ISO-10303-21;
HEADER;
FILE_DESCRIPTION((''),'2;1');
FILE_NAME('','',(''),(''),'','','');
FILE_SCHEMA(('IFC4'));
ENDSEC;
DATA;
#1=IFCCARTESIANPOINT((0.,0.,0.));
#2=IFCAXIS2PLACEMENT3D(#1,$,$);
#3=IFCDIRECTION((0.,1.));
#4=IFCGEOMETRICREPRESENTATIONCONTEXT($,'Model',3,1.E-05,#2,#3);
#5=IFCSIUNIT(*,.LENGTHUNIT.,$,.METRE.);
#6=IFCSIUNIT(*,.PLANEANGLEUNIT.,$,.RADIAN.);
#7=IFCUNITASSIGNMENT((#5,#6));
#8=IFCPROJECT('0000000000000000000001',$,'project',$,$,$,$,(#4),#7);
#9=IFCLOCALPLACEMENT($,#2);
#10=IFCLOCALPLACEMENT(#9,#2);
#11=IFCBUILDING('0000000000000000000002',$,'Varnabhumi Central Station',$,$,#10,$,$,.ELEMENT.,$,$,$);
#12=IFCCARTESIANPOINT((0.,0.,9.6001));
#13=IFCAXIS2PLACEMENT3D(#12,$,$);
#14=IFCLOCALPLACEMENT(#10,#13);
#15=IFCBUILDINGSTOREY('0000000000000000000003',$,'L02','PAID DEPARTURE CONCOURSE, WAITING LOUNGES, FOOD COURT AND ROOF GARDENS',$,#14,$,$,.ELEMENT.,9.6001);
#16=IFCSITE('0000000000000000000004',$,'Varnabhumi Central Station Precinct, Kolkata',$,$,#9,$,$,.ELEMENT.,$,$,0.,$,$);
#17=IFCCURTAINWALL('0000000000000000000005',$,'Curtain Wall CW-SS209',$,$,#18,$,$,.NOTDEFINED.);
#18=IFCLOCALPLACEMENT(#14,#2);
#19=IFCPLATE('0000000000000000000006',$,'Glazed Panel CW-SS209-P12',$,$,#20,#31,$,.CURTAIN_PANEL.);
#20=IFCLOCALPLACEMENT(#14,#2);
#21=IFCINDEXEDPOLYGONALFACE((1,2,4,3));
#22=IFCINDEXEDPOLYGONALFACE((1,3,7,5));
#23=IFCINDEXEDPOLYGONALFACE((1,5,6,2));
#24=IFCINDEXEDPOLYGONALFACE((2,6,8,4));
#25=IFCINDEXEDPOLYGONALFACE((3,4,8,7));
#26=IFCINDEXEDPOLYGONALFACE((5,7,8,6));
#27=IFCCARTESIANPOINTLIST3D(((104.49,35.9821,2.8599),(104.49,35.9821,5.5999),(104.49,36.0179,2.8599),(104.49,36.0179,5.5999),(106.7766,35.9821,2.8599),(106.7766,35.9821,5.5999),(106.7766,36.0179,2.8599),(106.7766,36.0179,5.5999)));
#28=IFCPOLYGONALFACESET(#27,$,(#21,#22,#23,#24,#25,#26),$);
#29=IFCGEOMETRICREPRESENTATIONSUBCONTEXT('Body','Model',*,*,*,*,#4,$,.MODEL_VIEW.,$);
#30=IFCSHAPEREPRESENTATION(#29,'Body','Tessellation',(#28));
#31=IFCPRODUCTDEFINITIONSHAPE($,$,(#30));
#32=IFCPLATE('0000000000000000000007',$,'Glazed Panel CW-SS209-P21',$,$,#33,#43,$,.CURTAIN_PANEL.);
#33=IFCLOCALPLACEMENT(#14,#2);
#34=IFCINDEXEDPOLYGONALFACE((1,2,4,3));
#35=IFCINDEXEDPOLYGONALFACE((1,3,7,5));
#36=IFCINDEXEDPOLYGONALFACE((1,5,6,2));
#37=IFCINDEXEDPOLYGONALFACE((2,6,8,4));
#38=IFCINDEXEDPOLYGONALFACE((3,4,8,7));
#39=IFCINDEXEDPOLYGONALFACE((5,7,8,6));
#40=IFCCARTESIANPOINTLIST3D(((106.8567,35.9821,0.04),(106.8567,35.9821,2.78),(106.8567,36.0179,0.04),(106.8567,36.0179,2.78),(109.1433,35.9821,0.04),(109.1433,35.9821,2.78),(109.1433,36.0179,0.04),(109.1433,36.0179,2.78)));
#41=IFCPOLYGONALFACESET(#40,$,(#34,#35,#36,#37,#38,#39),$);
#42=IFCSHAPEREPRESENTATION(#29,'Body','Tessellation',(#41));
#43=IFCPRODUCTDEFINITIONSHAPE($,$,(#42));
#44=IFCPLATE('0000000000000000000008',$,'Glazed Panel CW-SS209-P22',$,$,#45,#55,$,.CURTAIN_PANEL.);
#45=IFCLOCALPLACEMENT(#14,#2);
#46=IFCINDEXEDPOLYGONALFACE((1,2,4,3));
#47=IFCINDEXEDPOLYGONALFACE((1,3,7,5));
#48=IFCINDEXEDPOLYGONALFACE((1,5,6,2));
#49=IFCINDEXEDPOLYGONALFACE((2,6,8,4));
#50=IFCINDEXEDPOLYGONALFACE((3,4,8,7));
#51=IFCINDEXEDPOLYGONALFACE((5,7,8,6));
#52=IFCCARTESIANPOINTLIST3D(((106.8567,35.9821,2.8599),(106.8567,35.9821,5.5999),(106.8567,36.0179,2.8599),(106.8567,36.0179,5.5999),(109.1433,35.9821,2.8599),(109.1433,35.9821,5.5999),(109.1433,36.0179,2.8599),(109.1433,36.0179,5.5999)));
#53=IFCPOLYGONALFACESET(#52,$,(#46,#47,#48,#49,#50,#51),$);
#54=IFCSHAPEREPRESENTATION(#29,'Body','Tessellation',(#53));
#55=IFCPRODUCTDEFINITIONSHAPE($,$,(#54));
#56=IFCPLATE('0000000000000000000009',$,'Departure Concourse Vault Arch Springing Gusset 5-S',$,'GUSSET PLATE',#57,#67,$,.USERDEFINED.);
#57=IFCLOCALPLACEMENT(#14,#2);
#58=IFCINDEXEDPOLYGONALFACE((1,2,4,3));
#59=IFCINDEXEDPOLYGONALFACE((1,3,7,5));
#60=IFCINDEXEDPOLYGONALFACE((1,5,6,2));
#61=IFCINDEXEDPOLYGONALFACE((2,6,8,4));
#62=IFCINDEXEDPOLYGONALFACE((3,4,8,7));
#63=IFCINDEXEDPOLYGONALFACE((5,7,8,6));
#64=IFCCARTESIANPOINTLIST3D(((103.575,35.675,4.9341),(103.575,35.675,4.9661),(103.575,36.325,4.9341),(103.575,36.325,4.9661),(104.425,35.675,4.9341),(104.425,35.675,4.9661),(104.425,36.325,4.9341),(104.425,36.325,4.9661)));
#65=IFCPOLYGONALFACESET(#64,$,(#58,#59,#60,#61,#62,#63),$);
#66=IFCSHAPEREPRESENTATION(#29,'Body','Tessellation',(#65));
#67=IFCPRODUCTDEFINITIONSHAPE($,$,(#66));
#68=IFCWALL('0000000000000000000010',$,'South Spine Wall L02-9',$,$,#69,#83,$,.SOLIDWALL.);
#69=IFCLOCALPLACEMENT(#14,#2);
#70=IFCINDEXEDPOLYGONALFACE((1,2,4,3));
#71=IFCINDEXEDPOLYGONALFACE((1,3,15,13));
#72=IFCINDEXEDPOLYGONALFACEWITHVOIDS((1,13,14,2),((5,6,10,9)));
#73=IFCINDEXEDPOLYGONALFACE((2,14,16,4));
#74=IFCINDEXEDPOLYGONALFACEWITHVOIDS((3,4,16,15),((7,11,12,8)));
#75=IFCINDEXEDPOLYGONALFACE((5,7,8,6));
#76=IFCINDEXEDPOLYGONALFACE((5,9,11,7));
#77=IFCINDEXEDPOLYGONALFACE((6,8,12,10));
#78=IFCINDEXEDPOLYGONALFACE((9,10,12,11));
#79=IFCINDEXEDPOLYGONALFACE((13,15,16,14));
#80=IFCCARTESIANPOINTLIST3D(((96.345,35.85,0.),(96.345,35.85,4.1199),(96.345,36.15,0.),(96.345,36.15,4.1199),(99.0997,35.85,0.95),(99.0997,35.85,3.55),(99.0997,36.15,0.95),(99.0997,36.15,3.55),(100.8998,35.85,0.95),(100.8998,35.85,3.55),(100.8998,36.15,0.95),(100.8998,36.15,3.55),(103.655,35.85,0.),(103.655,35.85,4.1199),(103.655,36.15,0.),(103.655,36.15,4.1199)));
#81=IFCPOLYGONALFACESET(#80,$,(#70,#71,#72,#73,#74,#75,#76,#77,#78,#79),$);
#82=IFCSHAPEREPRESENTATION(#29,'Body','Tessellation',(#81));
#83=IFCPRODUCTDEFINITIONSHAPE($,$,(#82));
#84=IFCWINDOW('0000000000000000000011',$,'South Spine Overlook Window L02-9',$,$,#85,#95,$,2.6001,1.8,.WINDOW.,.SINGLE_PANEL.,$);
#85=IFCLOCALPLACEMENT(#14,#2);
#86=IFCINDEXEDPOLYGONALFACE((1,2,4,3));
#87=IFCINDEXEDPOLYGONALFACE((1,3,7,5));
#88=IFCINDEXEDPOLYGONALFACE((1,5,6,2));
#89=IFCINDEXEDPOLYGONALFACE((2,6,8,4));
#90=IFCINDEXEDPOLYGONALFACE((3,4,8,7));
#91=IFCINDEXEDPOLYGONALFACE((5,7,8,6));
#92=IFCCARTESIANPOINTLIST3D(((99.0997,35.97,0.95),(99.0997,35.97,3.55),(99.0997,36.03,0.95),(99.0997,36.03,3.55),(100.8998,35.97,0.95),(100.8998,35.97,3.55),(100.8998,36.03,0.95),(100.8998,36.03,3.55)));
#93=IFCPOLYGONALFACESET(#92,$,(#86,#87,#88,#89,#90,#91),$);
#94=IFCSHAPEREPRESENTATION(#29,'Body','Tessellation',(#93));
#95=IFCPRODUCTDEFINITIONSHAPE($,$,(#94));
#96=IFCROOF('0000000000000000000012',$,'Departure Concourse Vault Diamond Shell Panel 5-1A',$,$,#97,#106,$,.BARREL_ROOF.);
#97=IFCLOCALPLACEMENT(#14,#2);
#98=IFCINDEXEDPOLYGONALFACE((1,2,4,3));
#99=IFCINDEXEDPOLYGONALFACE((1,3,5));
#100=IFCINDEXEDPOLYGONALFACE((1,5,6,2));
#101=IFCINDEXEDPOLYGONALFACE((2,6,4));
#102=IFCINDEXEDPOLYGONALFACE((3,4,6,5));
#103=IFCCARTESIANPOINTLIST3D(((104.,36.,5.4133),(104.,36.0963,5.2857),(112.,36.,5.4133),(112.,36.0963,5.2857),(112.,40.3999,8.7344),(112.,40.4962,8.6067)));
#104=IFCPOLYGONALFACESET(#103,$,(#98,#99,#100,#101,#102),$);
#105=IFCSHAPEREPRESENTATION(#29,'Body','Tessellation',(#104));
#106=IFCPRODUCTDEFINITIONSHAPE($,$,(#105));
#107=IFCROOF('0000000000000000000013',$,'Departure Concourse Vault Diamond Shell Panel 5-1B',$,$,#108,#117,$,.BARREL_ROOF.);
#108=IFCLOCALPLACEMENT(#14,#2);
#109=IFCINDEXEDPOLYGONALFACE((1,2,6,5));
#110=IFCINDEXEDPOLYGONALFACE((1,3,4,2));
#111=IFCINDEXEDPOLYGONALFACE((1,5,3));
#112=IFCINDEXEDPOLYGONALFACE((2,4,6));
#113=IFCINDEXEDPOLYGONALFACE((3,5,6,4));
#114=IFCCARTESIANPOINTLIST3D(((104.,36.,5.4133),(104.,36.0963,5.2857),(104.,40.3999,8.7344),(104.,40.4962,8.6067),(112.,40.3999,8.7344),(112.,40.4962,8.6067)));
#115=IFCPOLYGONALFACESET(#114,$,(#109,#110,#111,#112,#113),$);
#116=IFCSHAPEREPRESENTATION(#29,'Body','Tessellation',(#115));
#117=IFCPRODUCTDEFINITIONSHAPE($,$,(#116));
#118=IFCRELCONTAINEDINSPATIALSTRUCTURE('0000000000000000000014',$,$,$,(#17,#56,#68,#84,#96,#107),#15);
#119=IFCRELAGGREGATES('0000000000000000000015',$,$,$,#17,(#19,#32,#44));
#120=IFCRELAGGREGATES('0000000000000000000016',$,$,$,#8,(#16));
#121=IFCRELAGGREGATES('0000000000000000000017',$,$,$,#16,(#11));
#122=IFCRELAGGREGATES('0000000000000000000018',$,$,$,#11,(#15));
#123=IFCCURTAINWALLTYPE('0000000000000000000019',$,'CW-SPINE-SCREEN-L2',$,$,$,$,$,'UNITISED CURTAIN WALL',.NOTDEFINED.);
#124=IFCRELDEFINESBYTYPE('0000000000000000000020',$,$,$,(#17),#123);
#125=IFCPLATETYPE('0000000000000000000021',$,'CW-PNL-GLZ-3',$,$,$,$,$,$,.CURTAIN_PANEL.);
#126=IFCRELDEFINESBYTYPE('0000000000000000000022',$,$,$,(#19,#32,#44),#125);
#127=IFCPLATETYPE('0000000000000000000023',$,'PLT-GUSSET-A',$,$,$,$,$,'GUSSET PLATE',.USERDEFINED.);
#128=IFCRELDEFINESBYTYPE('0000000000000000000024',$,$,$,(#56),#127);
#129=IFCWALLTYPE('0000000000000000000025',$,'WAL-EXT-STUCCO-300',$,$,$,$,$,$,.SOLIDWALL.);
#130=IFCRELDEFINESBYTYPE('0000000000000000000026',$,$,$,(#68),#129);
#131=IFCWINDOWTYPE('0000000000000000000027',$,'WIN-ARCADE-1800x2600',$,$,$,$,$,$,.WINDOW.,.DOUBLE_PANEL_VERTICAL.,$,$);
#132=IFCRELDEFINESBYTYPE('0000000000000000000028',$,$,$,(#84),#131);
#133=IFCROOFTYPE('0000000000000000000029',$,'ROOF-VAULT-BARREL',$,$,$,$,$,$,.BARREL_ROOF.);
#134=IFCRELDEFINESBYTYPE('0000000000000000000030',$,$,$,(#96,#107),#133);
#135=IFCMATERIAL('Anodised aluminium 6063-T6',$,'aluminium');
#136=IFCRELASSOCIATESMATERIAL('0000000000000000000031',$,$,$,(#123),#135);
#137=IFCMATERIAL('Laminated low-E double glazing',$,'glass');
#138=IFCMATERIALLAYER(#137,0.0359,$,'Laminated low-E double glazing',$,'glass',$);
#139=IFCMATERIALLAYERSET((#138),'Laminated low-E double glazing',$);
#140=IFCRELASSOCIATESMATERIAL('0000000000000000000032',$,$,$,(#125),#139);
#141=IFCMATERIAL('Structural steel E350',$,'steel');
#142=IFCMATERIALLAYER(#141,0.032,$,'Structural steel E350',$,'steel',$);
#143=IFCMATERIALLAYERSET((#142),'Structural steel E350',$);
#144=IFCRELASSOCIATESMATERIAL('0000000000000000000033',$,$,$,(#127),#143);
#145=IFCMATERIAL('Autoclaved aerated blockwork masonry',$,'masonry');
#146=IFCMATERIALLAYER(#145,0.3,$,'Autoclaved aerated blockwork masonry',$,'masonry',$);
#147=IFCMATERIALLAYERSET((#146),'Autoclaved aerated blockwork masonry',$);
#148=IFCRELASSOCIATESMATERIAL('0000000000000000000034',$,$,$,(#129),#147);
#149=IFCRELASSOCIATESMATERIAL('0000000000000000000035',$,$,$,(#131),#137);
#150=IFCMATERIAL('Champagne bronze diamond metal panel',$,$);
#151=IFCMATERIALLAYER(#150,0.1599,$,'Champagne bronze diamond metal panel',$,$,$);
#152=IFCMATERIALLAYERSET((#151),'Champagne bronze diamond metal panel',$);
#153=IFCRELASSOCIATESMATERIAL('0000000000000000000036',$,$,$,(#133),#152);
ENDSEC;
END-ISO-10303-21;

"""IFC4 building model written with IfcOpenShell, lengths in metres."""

from ifc_helpers import new_model, si_unit, direction, frame, frame_2d, origin, origin_2d, place, context, subcontext, project, spatial, polyline, rectangle, outline, extrude, material, layer, layer_set, type_object, element, fill, aggregate, save


model = new_model("IFC4")

# Units and contexts
model_context = context("Model", 3, precision=1e-05, world=origin(), true_north=direction((0.0, 1.0)))
body_context = subcontext(model_context, "Body", "Model", "MODEL_VIEW")
ifc_project = project(units=[si_unit("LENGTHUNIT", "METRE"), si_unit("PLANEANGLEUNIT", "RADIAN")], contexts=[model_context])

# Site, building, storey
site_placement = place(None, origin())
site = spatial("IfcSite", under=ifc_project, at=site_placement, Name="Varnabhumi Central Station Precinct, Kolkata", CompositionType="ELEMENT", RefElevation=0.0)
building_placement = place(site_placement, origin())
building = spatial("IfcBuilding", under=site, at=building_placement, Name="Varnabhumi Central Station", CompositionType="ELEMENT")
storey_placement = place(building_placement, frame((0.0, 0.0, 9.6001)))
storey = spatial("IfcBuildingStorey", under=building, at=storey_placement, Name="L02", Description="PAID DEPARTURE CONCOURSE, WAITING LOUNGES, FOOD COURT AND ROOF GARDENS", CompositionType="ELEMENT", Elevation=9.6001)

# Shared definitions
ifc_material_1 = material(Name="Structural steel E350", Category="steel")

# Curtain wall
ifc_material_2 = material(Name="Anodised aluminium 6063-T6", Category="aluminium")
curtain_wall_type = type_object("IfcCurtainWallType", Name="CW-SPINE-SCREEN-L2", ElementType="UNITISED CURTAIN WALL", PredefinedType="NOTDEFINED", material=ifc_material_2)
curtain_wall_placement = place(storey_placement, origin())
curtain_wall = element("IfcCurtainWall", 1, at=curtain_wall_placement, inside=storey, type_object=curtain_wall_type, Name="Curtain Wall CW-SS209", PredefinedType="NOTDEFINED")

# Plates
ifc_material_3 = material(Name="Laminated low-E double glazing", Category="glass")
ifc_layer_1 = layer(ifc_material_3, 0.0359, Name="Laminated low-E double glazing", Category="glass")
ifc_layer_set_1 = layer_set([ifc_layer_1], Name="Laminated low-E double glazing")
plate_type_1 = type_object("IfcPlateType", Name="CW-PNL-GLZ-3", PredefinedType="CURTAIN_PANEL", material=ifc_layer_set_1)
plate_1_placement = place(storey_placement, frame((105.6333, 36.0, 2.8599), z_axis=(0.0, 0.0, 1.0), x_axis=(1.0, 0.0, 0.0)))
plate_1 = element("IfcPlate", 2, at=plate_1_placement, type_object=plate_type_1, Name="Glazed Panel CW-SS209-P12", PredefinedType="CURTAIN_PANEL", context=body_context, shape_type="SweptSolid", body=[
    extrude(rectangle(XDim=2.2866, YDim=0.0359, at=origin_2d()), origin(), (0.0, 0.0, 1.0), 2.74),
])
plate_2_placement = place(storey_placement, frame((108.0, 36.0, 0.04), z_axis=(0.0, 0.0, 1.0), x_axis=(1.0, 0.0, 0.0)))
plate_2 = element("IfcPlate", 3, at=plate_2_placement, type_object=plate_type_1, Name="Glazed Panel CW-SS209-P21", PredefinedType="CURTAIN_PANEL", context=body_context, shape_type="SweptSolid", body=[
    extrude(rectangle(XDim=2.2866, YDim=0.0359, at=origin_2d()), origin(), (0.0, 0.0, 1.0), 2.74),
])
plate_3_placement = place(storey_placement, frame((108.0, 36.0, 2.8599), z_axis=(0.0, 0.0, 1.0), x_axis=(1.0, 0.0, 0.0)))
plate_3 = element("IfcPlate", 4, at=plate_3_placement, type_object=plate_type_1, Name="Glazed Panel CW-SS209-P22", PredefinedType="CURTAIN_PANEL", context=body_context, shape_type="SweptSolid", body=[
    extrude(rectangle(XDim=2.2866, YDim=0.0359, at=origin_2d()), origin(), (0.0, 0.0, 1.0), 2.74),
])
aggregate(curtain_wall, [plate_1, plate_2, plate_3])
ifc_layer_2 = layer(ifc_material_1, 0.032, Name="Structural steel E350", Category="steel")
ifc_layer_set_2 = layer_set([ifc_layer_2], Name="Structural steel E350")
plate_type_2 = type_object("IfcPlateType", Name="PLT-GUSSET-A", ElementType="GUSSET PLATE", PredefinedType="USERDEFINED", material=ifc_layer_set_2)
plate_4_placement = place(storey_placement, frame((104.0, 36.0, 4.9341), z_axis=(0.0, 0.0, 1.0), x_axis=(1.0, 0.0, 0.0)))
element("IfcPlate", 5, at=plate_4_placement, inside=storey, type_object=plate_type_2, Name="Departure Concourse Vault Arch Springing Gusset 5-S", ObjectType="GUSSET PLATE", PredefinedType="USERDEFINED", context=body_context, shape_type="SweptSolid", body=[
    extrude(rectangle(XDim=0.8501, YDim=0.6499, at=origin_2d()), origin(), (0.0, 0.0, 1.0), 0.032),
])

# Wall, opening, window
ifc_material_4 = material(Name="Autoclaved aerated blockwork masonry", Category="masonry")
ifc_layer_3 = layer(ifc_material_4, 0.3, Name="Autoclaved aerated blockwork masonry", Category="masonry")
ifc_layer_set_3 = layer_set([ifc_layer_3], Name="Autoclaved aerated blockwork masonry")
wall_type = type_object("IfcWallType", Name="WAL-EXT-STUCCO-300", PredefinedType="SOLIDWALL", material=ifc_layer_set_3)
wall_placement = place(storey_placement, frame((96.345, 36.0, 0.0), z_axis=(0.0, 0.0, 1.0), x_axis=(1.0, 0.0, 0.0)))
wall = element("IfcWall", 6, at=wall_placement, inside=storey, type_object=wall_type, Name="South Spine Wall L02-9", PredefinedType="SOLIDWALL", context=body_context, shape_type="SweptSolid", body=[
    extrude(rectangle(XDim=7.3101, YDim=0.3, at=frame_2d((3.655, 0.0))), origin(), (0.0, 0.0, 1.0), 4.1199),
])
opening_placement = place(wall_placement, frame((2.7549, 0.0, 0.95)))
opening = element("IfcOpeningElement", 7, at=opening_placement, cuts=wall, PredefinedType="OPENING", context=body_context, shape_type="SweptSolid", body=[
    extrude(rectangle(XDim=1.8, YDim=2.6001, at=frame_2d((0.8999, 1.3))), frame((0.0, 0.1599, 0.0), z_axis=(0.0, -1.0, 0.0), x_axis=(1.0, 0.0, 0.0)), (0.0, 0.0, 1.0), 0.3201),
])
window_type = type_object("IfcWindowType", Name="WIN-ARCADE-1800x2600", PartitioningType="DOUBLE_PANEL_VERTICAL", PredefinedType="WINDOW", material=ifc_material_3)
window_placement = place(opening_placement, origin())
window = element("IfcWindow", 8, at=window_placement, inside=storey, type_object=window_type, Name="South Spine Overlook Window L02-9", OverallHeight=2.6001, OverallWidth=1.8, PartitioningType="SINGLE_PANEL", PredefinedType="WINDOW", context=body_context, shape_type="SweptSolid", body=[
    extrude(rectangle(XDim=1.8, YDim=2.6001, at=frame_2d((0.8999, 1.3))), frame((0.0, 0.03, 0.0), z_axis=(0.0, -1.0, 0.0), x_axis=(1.0, 0.0, 0.0)), (0.0, 0.0, 1.0), 0.0601),
])
fill(opening, window)

# Roofs
ifc_material_5 = material(Name="Champagne bronze diamond metal panel")
ifc_layer_4 = layer(ifc_material_5, 0.1599, Name="Champagne bronze diamond metal panel")
ifc_layer_set_4 = layer_set([ifc_layer_4], Name="Champagne bronze diamond metal panel")
roof_type = type_object("IfcRoofType", Name="ROOF-VAULT-BARREL", PredefinedType="BARREL_ROOF", material=ifc_layer_set_4)
roof_1_placement = place(storey_placement, frame((104.0, 36.0, 5.4133), z_axis=(0.0, -0.602449, 0.798157), x_axis=(1.0, 0.0, 0.0)))
element("IfcRoof", 9, at=roof_1_placement, inside=storey, type_object=roof_type, Name="Departure Concourse Vault Diamond Shell Panel 5-1A", PredefinedType="BARREL_ROOF", context=body_context, shape_type="SweptSolid", body=[
    extrude(outline(polyline([(0.0, 0.0), (8.0, 0.0), (8.0, 5.5126), (0.0, 0.0)])), origin(), (0.0, 0.0, -1.0), 0.1599),
])
roof_2_placement = place(storey_placement, frame((104.0, 36.0, 5.4133), z_axis=(0.0, -0.602449, 0.798157), x_axis=(0.823437, 0.45288, 0.341834)))
element("IfcRoof", 10, at=roof_2_placement, inside=storey, type_object=roof_type, Name="Departure Concourse Vault Diamond Shell Panel 5-1B", PredefinedType="BARREL_ROOF", context=body_context, shape_type="SweptSolid", body=[
    extrude(outline(polyline([(0.0, 0.0), (9.7154, 0.0), (3.1279, 4.5393), (0.0, 0.0)])), origin(), (0.0, 0.0, -1.0), 0.1599),
])

save(model, "model.ifc")
